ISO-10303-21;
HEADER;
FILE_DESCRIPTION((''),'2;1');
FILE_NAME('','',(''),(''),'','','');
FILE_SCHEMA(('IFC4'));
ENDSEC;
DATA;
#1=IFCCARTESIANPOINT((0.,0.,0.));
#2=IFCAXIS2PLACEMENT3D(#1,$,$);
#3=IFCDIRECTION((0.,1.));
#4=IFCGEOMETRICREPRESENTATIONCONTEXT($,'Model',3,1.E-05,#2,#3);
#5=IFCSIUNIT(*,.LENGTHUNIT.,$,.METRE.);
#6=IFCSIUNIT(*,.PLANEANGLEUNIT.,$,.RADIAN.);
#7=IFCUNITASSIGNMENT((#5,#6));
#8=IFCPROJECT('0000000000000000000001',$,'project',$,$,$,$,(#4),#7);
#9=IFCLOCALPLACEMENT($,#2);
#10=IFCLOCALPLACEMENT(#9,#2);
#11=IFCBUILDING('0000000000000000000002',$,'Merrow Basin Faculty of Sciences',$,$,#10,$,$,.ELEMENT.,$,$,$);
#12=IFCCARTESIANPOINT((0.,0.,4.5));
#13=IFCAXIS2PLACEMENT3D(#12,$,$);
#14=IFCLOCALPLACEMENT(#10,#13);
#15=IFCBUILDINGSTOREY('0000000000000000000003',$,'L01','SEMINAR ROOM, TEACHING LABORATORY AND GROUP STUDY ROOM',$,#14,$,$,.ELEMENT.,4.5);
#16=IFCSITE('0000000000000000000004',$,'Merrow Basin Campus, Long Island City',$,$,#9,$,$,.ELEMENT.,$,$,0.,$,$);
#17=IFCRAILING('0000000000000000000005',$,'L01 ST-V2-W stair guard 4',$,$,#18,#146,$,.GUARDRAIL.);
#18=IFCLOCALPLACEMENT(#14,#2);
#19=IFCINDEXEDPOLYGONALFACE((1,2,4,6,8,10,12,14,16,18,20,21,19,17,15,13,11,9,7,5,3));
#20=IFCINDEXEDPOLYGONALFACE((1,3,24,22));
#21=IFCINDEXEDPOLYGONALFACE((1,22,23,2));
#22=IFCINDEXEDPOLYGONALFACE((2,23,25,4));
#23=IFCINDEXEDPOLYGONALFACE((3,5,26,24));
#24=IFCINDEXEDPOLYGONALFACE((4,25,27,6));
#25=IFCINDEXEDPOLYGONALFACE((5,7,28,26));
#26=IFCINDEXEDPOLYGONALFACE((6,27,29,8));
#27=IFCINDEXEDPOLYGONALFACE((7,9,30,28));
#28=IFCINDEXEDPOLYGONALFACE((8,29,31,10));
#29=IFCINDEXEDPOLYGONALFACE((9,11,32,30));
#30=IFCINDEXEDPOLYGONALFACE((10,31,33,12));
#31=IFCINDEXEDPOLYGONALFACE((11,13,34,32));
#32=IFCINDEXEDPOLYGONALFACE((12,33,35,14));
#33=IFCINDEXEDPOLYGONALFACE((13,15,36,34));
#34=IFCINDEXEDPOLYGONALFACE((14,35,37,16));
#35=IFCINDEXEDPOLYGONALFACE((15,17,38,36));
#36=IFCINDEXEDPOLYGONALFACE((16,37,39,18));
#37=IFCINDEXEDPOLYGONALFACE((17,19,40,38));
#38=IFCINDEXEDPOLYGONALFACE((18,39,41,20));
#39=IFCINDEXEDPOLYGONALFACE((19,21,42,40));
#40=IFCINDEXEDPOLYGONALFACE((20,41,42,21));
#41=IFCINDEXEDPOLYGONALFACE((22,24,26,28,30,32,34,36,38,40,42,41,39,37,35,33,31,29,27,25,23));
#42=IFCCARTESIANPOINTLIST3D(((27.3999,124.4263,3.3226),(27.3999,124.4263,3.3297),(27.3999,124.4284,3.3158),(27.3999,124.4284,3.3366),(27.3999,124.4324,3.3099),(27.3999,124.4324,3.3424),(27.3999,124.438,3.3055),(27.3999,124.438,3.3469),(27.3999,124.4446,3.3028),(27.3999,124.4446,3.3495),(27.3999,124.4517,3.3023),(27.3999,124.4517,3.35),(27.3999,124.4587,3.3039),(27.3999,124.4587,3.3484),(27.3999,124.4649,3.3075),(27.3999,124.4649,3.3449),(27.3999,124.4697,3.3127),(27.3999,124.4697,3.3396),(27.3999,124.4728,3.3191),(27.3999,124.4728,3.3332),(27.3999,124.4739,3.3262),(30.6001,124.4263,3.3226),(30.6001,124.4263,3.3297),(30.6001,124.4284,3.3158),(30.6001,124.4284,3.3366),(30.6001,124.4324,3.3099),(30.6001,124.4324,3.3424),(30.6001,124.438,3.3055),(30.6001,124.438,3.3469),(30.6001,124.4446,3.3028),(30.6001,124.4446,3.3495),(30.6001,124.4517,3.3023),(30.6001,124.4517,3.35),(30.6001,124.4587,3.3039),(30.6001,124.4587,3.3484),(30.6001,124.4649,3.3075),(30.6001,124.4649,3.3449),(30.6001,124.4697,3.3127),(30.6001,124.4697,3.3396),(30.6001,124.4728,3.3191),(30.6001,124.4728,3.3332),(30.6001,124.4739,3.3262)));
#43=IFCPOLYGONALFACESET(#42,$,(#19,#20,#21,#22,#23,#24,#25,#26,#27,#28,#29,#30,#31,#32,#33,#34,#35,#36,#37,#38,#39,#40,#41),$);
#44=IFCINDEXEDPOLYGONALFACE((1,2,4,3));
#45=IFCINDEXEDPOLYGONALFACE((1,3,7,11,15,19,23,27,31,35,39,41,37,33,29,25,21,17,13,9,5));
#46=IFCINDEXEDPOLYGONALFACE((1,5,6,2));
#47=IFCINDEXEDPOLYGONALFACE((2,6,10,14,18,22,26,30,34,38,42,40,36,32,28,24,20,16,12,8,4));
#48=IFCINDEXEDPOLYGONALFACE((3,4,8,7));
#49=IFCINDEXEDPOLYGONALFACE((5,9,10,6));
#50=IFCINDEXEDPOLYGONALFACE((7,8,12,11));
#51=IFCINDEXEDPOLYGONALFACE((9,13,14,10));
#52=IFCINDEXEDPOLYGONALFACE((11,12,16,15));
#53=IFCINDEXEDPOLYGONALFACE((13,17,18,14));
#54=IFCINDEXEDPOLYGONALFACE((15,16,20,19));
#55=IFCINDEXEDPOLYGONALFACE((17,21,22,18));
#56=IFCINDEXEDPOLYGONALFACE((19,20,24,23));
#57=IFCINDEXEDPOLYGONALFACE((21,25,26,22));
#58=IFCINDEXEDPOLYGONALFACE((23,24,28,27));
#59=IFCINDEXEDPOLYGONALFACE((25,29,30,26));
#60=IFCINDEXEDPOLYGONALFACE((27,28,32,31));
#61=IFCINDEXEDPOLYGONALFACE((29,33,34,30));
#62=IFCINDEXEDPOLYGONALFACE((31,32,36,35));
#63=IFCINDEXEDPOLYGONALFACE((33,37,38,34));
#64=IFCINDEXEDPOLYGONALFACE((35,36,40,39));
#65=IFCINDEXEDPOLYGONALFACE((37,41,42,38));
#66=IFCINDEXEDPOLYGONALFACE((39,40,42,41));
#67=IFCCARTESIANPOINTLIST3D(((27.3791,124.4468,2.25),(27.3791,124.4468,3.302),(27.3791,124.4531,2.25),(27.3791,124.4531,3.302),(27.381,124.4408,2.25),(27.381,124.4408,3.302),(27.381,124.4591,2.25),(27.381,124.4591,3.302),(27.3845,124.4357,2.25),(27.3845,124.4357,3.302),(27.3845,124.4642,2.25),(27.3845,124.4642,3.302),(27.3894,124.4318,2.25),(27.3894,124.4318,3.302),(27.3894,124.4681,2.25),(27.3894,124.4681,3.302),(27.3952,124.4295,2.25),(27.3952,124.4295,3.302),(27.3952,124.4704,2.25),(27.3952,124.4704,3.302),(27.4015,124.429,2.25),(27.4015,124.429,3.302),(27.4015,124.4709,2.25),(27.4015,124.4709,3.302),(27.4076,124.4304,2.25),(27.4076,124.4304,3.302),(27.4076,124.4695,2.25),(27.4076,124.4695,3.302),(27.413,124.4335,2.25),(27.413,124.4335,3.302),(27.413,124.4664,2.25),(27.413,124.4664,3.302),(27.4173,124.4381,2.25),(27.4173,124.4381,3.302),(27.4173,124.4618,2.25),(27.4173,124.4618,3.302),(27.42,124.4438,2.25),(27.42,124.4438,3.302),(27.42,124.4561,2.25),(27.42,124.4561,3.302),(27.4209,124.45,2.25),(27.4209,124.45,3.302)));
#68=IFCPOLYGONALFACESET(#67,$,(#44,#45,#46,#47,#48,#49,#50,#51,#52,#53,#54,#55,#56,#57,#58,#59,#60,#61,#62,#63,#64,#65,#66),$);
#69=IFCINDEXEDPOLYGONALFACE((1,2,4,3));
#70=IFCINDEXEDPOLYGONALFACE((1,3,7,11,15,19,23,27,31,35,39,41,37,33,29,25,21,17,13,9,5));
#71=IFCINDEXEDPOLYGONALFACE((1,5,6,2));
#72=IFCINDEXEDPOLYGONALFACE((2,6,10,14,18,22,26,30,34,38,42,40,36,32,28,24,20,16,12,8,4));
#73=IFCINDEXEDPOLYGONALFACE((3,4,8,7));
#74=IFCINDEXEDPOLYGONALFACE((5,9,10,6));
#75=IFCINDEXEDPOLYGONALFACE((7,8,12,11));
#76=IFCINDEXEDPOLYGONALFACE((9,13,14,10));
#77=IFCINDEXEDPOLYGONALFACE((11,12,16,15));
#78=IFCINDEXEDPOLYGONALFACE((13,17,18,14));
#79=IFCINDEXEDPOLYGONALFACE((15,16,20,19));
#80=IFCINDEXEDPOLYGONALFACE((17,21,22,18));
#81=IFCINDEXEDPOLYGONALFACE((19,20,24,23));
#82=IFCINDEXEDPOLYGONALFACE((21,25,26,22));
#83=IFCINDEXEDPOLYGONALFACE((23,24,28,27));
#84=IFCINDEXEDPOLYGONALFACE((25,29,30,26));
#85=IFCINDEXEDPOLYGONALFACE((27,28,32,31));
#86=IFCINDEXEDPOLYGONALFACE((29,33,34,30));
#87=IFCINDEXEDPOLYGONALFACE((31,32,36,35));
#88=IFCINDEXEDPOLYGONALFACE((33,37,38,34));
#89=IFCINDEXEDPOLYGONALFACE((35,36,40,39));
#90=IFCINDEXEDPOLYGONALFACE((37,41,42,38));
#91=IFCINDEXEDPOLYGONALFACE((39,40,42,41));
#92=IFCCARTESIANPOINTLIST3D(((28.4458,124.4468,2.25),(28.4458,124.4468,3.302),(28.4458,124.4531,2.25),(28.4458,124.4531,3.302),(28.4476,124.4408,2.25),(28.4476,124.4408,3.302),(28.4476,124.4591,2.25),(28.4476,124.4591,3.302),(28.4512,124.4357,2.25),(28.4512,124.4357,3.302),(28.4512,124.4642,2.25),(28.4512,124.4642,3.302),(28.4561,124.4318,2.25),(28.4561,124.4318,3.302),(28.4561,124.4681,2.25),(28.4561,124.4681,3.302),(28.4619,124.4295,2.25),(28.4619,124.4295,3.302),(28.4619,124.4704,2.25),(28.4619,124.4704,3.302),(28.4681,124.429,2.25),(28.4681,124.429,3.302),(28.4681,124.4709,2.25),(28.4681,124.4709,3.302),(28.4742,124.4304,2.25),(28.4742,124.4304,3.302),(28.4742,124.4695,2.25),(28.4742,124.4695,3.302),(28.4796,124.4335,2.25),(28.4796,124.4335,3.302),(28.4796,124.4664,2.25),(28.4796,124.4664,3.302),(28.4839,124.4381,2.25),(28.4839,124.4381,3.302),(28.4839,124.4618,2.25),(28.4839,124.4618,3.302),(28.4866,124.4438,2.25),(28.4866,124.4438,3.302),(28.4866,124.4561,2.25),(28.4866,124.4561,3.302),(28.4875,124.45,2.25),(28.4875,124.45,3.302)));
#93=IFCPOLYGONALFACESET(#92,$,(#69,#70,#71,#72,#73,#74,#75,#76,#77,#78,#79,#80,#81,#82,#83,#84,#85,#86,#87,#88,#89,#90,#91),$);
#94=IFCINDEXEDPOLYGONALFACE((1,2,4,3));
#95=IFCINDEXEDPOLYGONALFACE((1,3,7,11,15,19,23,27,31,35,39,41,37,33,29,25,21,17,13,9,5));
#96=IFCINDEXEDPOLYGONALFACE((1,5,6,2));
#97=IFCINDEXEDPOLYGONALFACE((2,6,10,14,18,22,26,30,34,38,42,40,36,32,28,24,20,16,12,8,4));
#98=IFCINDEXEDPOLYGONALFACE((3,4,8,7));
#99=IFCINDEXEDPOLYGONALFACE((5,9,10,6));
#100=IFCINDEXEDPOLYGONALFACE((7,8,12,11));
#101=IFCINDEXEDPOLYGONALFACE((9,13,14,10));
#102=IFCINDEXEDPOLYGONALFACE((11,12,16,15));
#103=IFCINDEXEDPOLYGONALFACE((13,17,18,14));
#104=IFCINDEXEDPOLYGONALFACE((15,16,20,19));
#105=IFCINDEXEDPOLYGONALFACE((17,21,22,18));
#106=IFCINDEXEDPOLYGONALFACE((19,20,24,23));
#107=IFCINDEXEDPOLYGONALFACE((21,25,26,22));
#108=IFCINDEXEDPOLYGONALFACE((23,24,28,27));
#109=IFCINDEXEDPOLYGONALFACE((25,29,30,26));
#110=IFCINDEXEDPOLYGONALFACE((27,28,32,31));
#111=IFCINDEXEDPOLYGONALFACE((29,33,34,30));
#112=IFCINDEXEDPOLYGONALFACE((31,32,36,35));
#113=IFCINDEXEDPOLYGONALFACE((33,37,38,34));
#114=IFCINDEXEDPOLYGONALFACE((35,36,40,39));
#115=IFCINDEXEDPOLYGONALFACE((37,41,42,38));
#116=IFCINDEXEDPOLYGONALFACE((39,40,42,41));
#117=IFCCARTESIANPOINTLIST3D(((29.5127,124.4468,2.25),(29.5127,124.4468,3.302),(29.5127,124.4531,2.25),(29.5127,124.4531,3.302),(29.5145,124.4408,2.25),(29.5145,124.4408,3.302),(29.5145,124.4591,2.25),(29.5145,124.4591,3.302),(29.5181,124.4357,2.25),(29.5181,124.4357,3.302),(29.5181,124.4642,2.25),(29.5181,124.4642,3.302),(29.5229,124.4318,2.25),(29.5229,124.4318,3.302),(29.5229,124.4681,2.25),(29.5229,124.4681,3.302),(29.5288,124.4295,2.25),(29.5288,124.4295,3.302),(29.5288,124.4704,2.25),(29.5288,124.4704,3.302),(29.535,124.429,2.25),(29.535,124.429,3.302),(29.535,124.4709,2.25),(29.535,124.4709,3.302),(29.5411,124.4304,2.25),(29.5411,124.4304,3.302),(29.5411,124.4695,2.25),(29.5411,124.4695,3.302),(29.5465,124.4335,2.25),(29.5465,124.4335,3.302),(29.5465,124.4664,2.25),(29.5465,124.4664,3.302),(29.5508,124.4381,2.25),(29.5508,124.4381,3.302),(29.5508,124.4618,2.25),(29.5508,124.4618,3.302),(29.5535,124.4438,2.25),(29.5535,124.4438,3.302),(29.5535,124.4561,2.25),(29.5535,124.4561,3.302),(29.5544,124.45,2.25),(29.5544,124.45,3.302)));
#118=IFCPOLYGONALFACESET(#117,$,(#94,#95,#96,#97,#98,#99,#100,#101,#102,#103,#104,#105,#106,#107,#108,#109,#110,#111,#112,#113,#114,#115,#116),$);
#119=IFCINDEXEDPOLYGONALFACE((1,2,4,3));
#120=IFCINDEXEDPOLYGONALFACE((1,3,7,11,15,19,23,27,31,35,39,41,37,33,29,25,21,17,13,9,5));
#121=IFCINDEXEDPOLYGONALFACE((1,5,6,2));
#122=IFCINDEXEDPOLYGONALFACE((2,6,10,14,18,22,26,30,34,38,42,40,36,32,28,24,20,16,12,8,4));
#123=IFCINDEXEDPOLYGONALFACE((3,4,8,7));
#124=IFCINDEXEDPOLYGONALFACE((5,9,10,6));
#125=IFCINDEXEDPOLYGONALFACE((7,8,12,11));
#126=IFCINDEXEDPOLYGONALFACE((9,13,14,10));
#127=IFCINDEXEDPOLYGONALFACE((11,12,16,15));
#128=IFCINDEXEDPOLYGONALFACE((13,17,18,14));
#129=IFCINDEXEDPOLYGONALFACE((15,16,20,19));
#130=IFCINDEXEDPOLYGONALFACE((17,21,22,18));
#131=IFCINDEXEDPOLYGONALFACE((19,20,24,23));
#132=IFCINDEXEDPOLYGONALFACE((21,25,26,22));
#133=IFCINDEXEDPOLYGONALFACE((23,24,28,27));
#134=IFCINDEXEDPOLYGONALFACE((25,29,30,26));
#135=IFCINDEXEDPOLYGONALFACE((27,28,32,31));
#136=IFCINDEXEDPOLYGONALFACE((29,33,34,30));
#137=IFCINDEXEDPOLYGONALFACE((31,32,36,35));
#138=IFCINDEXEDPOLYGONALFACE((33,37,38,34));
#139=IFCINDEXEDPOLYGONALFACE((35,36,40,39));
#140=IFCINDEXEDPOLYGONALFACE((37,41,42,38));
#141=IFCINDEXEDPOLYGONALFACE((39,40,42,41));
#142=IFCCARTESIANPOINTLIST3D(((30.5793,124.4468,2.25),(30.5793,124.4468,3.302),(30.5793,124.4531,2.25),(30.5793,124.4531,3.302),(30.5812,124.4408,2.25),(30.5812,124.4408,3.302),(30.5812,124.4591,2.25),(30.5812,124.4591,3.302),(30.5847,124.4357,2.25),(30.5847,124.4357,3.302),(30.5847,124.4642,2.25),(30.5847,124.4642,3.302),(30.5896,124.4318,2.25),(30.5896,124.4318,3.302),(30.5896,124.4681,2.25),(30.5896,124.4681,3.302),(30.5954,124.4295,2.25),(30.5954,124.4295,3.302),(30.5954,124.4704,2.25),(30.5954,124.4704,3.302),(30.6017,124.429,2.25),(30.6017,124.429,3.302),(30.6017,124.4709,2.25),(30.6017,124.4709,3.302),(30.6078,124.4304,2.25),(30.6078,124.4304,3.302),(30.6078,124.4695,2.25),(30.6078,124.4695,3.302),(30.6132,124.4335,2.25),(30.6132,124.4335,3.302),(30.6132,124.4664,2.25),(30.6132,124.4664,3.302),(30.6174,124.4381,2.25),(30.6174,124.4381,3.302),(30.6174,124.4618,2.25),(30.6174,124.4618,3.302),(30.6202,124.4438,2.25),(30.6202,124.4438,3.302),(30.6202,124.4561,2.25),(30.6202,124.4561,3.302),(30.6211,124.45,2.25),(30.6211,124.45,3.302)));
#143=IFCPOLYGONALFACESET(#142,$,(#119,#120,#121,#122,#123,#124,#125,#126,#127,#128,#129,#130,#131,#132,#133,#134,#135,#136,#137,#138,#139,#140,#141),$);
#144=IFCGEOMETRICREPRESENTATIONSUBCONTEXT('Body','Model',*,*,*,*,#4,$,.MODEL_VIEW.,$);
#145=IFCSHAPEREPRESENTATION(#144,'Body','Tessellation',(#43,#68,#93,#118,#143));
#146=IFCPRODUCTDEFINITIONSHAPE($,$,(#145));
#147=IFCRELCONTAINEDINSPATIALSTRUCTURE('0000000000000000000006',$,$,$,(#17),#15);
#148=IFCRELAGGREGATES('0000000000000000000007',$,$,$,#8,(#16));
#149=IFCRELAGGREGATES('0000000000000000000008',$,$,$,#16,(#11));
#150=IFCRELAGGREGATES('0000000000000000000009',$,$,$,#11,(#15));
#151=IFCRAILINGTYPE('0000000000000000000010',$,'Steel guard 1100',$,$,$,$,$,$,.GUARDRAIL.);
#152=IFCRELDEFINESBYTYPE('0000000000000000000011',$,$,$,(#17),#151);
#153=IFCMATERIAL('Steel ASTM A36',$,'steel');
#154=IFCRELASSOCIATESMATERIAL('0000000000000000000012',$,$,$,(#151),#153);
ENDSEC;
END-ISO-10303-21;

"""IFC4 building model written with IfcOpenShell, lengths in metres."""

from ifc_helpers import new_model, si_unit, direction, frame, origin, origin_2d, place, context, subcontext, project, spatial, circle, extrude, material, type_object, element, save


model = new_model("IFC4")

# Units and contexts
model_context = context("Model", 3, precision=1e-05, world=origin(), true_north=direction((0.0, 1.0)))
body_context = subcontext(model_context, "Body", "Model", "MODEL_VIEW")
ifc_project = project(units=[si_unit("LENGTHUNIT", "METRE"), si_unit("PLANEANGLEUNIT", "RADIAN")], contexts=[model_context])

# Site, building, storey
site_placement = place(None, origin())
site = spatial("IfcSite", under=ifc_project, at=site_placement, Name="Merrow Basin Campus, Long Island City", CompositionType="ELEMENT", RefElevation=0.0)
building_placement = place(site_placement, origin())
building = spatial("IfcBuilding", under=site, at=building_placement, Name="Merrow Basin Faculty of Sciences", CompositionType="ELEMENT")
storey_placement = place(building_placement, frame((0.0, 0.0, 4.5)))
storey = spatial("IfcBuildingStorey", under=building, at=storey_placement, Name="L01", Description="SEMINAR ROOM, TEACHING LABORATORY AND GROUP STUDY ROOM", CompositionType="ELEMENT", Elevation=4.5)

# Railing
ifc_material_1 = material(Name="Steel ASTM A36", Category="steel")
railing_type_1 = type_object("IfcRailingType", Name="Steel guard 1100", PredefinedType="GUARDRAIL", material=ifc_material_1)
railing_1_placement = place(storey_placement, frame((27.3999, 124.45, 2.25)))
element("IfcRailing", 1, at=railing_1_placement, inside=storey, type_object=railing_type_1, Name="L01 ST-V2-W stair guard 4", PredefinedType="GUARDRAIL", context=body_context, shape_type="SweptSolid", body=[
    extrude(circle(Radius=0.0239, at=origin_2d()), frame((0.0, 0.0, 1.0762), z_axis=(1.0, 0.0, 0.0), x_axis=(0.0, 1.0, 0.0)), (0.0, 0.0, 1.0), 3.2002),
    extrude(circle(Radius=0.021, at=origin_2d()), origin(), (0.0, 0.0, 1.0), 1.052),
    extrude(circle(Radius=0.021, at=origin_2d()), frame((1.0667, 0.0, 0.0)), (0.0, 0.0, 1.0), 1.052),
    extrude(circle(Radius=0.021, at=origin_2d()), frame((2.1335, 0.0, 0.0)), (0.0, 0.0, 1.0), 1.052),
    extrude(circle(Radius=0.021, at=origin_2d()), frame((3.2002, 0.0, 0.0)), (0.0, 0.0, 1.0), 1.052),
])

save(model, "model.ifc")
